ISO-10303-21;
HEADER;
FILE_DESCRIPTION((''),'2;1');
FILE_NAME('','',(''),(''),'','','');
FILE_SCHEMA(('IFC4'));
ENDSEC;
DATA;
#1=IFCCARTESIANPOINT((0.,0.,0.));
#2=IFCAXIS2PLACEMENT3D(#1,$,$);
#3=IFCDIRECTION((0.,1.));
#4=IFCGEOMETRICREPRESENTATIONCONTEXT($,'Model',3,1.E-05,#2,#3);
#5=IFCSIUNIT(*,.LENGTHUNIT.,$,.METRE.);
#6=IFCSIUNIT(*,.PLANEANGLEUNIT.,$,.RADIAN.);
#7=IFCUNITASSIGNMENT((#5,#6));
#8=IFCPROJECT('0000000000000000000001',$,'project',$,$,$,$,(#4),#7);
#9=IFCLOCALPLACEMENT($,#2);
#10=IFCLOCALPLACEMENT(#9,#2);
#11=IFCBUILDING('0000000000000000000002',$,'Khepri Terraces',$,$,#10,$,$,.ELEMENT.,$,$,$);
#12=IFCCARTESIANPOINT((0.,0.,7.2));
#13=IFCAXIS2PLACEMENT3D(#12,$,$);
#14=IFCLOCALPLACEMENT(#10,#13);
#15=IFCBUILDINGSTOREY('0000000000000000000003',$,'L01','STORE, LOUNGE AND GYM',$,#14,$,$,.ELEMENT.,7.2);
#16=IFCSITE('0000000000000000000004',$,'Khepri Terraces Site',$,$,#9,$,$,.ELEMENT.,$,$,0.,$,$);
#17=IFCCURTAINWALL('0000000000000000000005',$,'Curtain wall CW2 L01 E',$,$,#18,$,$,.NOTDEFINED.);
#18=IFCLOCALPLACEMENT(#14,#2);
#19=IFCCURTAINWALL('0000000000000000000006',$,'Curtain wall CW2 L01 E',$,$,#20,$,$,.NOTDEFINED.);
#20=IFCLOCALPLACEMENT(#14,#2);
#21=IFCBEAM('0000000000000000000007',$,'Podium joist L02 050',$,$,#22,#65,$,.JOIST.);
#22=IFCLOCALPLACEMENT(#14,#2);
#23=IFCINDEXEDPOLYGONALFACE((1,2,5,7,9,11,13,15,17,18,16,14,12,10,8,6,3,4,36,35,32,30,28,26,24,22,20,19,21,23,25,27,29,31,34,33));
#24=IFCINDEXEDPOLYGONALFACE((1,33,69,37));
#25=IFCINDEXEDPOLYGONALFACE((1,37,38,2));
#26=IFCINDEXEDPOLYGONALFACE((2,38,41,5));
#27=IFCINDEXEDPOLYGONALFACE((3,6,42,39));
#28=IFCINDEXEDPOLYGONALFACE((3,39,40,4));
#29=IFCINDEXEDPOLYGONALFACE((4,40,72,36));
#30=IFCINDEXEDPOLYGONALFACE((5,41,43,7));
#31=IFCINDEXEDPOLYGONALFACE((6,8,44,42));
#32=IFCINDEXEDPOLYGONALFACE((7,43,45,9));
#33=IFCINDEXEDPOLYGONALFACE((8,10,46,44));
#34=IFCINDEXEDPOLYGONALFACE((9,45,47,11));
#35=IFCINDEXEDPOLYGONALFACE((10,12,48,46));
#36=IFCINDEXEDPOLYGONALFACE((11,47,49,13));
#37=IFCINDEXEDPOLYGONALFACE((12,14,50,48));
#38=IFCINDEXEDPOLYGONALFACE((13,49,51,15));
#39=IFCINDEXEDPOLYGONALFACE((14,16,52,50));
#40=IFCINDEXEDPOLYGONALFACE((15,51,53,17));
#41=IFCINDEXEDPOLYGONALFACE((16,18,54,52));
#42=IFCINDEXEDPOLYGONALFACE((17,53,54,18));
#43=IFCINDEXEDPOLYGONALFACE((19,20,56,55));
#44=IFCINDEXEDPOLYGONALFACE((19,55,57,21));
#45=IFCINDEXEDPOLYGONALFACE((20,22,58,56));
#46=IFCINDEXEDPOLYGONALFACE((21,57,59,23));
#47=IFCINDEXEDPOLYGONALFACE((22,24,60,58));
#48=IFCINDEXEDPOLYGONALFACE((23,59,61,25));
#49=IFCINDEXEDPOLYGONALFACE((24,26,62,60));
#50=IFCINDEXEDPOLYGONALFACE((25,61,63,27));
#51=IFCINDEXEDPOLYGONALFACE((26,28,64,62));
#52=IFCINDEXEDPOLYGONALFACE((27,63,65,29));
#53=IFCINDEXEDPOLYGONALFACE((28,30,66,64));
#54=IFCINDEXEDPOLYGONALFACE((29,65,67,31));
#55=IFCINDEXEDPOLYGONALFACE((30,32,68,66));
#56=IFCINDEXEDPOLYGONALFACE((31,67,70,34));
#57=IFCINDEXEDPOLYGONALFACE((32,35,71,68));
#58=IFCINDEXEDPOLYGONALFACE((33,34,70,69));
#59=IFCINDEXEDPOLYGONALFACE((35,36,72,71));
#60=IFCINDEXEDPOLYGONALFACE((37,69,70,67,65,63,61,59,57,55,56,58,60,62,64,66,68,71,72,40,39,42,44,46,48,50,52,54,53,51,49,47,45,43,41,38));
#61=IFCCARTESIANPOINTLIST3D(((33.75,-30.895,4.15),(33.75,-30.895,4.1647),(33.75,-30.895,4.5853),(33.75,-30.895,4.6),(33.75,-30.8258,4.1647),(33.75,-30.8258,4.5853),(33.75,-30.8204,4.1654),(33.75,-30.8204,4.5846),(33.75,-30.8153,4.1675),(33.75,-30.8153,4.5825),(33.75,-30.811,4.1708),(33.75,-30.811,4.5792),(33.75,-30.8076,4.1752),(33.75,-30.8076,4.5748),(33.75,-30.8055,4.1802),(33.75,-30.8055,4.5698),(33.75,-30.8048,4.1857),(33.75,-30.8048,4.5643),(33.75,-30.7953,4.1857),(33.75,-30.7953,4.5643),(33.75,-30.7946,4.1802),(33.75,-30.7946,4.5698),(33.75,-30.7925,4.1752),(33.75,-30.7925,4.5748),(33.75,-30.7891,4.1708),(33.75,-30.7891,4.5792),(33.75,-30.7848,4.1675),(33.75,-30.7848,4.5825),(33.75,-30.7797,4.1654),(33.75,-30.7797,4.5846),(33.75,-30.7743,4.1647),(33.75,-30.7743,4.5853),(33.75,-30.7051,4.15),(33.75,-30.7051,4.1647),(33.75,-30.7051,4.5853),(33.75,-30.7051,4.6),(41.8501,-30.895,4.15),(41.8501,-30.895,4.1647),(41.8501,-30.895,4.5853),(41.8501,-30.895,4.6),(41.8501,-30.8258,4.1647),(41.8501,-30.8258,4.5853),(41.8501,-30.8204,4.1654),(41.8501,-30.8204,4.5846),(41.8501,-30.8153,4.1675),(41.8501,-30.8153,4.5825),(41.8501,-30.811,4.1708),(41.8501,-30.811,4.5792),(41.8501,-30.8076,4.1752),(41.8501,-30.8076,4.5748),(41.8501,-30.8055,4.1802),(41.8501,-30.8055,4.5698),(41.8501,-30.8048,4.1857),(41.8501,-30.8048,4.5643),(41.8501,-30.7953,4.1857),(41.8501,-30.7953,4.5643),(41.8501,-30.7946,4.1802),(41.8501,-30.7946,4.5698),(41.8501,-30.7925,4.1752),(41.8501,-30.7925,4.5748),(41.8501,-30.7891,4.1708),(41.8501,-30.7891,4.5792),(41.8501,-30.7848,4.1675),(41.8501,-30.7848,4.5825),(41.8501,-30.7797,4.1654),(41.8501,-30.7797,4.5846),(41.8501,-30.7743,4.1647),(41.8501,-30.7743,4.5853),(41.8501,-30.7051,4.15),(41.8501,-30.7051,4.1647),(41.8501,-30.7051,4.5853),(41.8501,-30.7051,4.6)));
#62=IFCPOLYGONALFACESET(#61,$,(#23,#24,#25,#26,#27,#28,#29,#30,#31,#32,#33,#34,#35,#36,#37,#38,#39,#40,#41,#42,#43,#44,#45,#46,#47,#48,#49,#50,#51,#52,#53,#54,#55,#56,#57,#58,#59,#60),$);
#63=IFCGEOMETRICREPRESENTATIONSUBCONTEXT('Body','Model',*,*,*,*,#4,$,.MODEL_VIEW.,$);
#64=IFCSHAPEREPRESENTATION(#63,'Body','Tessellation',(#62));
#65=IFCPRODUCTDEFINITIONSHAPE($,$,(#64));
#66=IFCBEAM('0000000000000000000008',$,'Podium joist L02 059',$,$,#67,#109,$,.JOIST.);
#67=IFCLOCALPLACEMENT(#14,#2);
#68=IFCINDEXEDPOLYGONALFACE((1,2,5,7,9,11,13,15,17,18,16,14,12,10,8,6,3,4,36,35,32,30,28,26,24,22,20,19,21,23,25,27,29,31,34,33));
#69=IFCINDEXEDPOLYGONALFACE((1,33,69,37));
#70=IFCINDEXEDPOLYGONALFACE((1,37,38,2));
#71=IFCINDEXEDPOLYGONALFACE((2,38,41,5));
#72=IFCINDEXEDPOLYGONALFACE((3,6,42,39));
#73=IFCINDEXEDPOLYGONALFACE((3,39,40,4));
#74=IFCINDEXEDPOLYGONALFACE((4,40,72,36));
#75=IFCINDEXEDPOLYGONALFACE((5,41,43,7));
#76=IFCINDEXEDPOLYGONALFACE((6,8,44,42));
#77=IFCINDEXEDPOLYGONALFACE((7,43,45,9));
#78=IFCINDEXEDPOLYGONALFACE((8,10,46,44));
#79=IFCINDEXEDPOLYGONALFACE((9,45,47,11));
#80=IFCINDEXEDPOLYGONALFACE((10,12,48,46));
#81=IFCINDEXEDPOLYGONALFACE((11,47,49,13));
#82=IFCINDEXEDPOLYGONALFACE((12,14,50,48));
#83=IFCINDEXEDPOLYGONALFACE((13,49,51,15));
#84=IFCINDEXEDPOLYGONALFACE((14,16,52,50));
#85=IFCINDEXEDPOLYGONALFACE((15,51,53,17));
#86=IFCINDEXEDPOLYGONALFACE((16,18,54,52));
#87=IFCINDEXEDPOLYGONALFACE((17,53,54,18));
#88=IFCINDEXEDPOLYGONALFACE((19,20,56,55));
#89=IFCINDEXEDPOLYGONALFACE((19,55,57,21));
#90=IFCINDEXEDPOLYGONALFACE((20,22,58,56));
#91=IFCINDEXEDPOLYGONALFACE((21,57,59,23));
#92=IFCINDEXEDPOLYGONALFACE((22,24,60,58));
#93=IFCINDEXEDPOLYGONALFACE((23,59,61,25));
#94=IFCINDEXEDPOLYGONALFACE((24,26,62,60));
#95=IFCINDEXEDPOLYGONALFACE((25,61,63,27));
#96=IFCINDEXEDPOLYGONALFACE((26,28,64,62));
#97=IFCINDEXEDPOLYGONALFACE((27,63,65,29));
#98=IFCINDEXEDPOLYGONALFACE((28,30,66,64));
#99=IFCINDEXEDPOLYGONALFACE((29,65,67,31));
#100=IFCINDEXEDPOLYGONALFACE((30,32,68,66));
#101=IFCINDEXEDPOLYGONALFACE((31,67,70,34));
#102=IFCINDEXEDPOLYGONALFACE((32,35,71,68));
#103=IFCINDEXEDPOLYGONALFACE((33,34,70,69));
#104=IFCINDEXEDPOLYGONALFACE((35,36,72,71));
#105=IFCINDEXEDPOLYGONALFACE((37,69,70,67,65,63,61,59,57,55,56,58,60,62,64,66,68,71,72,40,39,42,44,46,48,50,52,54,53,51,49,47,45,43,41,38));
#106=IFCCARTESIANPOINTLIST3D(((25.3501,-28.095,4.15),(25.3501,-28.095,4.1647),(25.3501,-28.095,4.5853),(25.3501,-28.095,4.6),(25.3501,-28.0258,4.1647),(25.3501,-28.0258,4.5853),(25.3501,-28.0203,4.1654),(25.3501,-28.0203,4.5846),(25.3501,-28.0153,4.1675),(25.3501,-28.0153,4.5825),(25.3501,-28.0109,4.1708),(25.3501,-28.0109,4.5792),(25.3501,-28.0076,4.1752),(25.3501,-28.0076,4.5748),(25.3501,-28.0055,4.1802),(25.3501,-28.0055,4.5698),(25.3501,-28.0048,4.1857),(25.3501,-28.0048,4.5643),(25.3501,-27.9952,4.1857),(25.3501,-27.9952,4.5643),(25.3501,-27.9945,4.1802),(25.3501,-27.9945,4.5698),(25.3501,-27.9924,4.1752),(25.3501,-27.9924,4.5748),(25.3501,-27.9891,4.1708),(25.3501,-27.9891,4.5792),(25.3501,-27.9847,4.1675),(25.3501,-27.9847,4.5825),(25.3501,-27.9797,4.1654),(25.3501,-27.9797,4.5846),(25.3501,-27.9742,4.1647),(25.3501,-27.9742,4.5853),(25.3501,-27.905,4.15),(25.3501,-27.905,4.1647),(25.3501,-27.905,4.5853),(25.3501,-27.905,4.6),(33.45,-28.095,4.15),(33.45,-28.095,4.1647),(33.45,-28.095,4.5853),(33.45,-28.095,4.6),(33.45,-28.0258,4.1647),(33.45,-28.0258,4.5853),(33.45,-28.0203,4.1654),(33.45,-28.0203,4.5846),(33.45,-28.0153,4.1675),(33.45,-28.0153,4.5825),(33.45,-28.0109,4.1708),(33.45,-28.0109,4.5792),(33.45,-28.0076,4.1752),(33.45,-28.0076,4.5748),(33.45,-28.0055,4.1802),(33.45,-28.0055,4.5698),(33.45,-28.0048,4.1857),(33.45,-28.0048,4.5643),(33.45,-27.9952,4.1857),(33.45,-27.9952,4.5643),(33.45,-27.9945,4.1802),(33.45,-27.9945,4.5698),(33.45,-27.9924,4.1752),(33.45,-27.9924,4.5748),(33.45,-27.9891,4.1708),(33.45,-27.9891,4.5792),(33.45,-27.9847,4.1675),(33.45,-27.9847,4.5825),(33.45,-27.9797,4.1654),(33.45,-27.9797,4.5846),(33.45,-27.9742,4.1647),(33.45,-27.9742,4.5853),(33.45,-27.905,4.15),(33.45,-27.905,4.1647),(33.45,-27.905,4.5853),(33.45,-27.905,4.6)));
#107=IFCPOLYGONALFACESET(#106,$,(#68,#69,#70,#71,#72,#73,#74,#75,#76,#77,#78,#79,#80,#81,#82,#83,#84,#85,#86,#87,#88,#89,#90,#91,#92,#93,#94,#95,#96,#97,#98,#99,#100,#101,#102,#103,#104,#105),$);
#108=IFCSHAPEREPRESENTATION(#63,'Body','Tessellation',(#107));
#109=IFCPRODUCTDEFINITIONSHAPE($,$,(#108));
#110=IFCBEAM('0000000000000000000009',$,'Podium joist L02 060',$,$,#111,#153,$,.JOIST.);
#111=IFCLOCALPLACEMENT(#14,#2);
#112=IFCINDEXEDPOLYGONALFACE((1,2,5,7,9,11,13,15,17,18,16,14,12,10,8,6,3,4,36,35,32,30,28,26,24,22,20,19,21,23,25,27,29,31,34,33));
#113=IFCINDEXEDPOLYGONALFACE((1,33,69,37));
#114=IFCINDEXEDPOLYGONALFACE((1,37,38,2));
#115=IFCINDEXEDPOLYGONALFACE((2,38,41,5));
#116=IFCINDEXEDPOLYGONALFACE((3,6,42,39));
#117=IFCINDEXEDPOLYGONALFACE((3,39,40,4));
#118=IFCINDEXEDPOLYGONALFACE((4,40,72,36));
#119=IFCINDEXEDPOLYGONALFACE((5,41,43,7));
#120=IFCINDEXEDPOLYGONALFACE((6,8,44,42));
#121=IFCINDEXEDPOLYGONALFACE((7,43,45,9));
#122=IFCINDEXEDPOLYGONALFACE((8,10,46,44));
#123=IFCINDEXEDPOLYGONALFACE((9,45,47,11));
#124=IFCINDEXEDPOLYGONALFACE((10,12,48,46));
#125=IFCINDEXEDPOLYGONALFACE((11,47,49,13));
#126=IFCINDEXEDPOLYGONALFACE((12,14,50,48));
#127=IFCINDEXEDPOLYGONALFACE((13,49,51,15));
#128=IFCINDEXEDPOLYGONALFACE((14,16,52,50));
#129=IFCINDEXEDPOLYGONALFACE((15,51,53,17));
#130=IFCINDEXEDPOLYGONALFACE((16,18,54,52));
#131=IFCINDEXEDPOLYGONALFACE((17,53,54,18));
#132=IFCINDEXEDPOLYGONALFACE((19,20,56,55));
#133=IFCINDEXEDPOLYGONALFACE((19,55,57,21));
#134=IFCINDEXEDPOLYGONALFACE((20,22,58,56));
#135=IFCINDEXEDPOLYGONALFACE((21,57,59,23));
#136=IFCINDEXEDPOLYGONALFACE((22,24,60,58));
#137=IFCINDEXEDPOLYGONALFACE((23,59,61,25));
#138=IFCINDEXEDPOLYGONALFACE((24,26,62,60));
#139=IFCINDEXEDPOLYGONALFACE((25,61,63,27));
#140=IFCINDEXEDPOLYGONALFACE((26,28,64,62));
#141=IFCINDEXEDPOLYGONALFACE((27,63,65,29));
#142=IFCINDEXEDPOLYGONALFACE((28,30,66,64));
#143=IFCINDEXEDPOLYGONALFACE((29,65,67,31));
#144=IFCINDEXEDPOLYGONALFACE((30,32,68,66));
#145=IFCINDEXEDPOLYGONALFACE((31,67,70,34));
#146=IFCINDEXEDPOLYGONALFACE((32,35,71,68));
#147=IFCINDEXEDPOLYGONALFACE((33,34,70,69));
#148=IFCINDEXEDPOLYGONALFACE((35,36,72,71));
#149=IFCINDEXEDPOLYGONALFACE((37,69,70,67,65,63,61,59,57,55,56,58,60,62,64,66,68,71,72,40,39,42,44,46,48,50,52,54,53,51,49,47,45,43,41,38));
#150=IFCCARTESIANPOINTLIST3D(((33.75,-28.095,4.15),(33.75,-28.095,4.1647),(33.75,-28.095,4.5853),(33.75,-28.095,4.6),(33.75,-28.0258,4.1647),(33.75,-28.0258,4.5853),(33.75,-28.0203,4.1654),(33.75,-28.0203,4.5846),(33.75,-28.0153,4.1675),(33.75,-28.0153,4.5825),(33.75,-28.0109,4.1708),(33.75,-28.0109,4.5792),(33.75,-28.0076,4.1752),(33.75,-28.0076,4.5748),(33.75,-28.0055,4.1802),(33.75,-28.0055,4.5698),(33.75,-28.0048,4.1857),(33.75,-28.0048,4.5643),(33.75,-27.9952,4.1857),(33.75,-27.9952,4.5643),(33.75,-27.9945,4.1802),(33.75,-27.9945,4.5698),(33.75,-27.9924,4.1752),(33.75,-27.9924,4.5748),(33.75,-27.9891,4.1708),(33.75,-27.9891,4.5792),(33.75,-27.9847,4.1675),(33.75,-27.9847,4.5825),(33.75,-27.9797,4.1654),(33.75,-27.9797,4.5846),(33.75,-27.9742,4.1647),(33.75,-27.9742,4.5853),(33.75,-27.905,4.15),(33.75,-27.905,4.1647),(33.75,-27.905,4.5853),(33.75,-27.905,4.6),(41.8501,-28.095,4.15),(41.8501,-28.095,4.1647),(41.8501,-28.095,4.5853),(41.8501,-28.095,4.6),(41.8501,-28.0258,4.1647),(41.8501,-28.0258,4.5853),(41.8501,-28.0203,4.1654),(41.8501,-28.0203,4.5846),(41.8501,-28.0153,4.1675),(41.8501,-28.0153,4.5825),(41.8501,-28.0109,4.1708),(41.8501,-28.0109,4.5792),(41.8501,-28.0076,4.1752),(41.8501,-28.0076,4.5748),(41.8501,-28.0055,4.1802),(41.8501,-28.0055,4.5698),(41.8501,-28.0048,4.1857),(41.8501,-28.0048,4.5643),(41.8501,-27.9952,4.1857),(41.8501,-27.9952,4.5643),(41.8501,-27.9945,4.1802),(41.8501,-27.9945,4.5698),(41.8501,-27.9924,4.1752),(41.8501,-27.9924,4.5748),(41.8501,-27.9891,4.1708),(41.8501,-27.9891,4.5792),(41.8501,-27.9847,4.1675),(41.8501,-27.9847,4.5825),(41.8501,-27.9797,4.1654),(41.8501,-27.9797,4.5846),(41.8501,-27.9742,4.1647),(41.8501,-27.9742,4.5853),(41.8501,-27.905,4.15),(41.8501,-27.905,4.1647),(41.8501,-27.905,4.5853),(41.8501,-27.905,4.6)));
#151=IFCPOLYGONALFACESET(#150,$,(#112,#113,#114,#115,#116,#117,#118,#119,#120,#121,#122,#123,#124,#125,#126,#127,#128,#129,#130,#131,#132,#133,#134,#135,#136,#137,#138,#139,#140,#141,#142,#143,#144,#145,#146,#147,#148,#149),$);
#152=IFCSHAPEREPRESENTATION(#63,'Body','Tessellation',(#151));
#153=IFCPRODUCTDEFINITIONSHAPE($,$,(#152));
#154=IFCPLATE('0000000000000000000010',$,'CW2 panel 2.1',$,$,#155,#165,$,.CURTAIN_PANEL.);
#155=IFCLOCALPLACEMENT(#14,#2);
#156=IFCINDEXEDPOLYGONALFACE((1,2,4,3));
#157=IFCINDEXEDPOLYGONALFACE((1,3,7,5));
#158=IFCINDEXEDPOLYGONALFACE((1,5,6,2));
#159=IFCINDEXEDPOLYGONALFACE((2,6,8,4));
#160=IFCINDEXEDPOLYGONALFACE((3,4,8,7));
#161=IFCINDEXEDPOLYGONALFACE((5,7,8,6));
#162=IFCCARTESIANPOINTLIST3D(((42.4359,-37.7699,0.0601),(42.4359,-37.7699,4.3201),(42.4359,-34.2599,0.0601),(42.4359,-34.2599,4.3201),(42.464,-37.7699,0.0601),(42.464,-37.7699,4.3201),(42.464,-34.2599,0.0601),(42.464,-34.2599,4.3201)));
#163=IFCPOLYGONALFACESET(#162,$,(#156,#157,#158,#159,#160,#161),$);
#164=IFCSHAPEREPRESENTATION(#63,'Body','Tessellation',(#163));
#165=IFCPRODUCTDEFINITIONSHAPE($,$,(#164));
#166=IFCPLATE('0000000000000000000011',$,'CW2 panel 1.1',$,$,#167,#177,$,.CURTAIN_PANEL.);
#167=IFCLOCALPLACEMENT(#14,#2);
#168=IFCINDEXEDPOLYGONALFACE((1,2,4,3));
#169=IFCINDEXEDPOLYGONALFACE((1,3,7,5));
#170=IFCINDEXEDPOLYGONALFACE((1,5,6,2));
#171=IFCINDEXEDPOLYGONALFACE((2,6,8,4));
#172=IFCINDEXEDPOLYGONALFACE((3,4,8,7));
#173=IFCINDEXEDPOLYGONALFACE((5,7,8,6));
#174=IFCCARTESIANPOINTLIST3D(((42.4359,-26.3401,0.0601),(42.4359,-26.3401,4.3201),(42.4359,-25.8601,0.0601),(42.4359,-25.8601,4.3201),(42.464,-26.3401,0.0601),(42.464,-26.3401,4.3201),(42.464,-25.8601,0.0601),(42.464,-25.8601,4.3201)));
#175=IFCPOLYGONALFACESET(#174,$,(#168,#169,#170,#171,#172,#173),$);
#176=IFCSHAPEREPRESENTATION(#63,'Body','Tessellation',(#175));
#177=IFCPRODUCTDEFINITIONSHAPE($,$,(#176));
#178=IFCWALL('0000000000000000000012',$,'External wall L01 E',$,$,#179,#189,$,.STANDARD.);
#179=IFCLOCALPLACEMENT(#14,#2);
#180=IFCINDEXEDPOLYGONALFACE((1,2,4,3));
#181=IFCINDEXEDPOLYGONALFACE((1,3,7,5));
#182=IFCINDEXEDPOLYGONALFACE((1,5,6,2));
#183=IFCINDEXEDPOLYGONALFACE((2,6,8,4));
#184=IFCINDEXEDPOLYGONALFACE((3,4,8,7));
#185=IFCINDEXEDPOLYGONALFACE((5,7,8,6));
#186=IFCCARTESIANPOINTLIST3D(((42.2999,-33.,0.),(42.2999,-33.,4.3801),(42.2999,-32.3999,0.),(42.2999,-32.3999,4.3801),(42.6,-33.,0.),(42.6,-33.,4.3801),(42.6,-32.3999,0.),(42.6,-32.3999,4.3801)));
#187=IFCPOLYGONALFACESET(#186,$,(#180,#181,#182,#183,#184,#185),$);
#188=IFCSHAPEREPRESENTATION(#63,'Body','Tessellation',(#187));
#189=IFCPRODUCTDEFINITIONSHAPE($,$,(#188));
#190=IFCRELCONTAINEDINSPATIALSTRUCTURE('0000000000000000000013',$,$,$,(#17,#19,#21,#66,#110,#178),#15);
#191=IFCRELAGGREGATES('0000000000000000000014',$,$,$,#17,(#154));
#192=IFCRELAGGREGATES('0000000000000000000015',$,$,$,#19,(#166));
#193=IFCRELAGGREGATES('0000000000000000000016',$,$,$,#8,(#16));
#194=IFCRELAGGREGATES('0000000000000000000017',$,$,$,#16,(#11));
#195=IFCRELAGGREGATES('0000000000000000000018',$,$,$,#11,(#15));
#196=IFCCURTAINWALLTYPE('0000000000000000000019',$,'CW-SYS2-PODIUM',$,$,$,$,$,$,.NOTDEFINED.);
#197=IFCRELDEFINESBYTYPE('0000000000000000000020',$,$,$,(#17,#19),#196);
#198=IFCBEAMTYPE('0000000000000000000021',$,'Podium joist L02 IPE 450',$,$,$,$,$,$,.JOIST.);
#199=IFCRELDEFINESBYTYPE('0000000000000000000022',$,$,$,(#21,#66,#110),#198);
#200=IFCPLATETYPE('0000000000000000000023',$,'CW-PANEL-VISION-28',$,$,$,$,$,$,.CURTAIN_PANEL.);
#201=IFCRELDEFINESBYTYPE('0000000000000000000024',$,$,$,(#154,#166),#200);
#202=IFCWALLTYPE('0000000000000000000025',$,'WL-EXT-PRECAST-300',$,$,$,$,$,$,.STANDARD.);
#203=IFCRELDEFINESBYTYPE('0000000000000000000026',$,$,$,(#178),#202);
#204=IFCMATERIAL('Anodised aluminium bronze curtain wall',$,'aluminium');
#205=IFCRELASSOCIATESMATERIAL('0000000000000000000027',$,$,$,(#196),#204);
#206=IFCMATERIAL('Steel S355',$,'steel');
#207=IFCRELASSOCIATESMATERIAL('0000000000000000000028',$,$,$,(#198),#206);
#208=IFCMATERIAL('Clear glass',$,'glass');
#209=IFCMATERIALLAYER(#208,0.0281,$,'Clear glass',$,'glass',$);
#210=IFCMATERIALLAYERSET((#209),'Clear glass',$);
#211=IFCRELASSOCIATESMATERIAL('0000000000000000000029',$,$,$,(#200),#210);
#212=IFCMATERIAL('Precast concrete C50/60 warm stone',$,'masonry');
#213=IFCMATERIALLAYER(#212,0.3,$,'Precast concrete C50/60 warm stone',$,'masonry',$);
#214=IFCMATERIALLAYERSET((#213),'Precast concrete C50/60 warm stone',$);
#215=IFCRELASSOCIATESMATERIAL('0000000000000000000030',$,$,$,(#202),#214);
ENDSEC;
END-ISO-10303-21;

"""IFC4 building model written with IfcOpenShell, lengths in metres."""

from ifc_helpers import new_model, si_unit, direction, frame, frame_2d, origin, origin_2d, place, context, subcontext, project, spatial, rectangle, i_section, extrude, material, layer, layer_set, material_profile, profile_set, type_object, element, aggregate, save


model = new_model("IFC4")

# Units and contexts
model_context = context("Model", 3, precision=1e-05, world=origin(), true_north=direction((0.0, 1.0)))
body_context = subcontext(model_context, "Body", "Model", "MODEL_VIEW")
ifc_project = project(units=[si_unit("LENGTHUNIT", "METRE"), si_unit("PLANEANGLEUNIT", "RADIAN")], contexts=[model_context])

# Site, building, storey
site_placement = place(None, origin())
site = spatial("IfcSite", under=ifc_project, at=site_placement, Name="Khepri Terraces Site", CompositionType="ELEMENT", RefElevation=0.0)
building_placement = place(site_placement, origin())
building = spatial("IfcBuilding", under=site, at=building_placement, Name="Khepri Terraces", CompositionType="ELEMENT")
storey_placement = place(building_placement, frame((0.0, 0.0, 7.2)))
storey = spatial("IfcBuildingStorey", under=building, at=storey_placement, Name="L01", Description="STORE, LOUNGE AND GYM", CompositionType="ELEMENT", Elevation=7.2)

# Curtain walls
ifc_material_1 = material(Name="Anodised aluminium bronze curtain wall", Category="aluminium")
curtain_wall_type = type_object("IfcCurtainWallType", Name="CW-SYS2-PODIUM", PredefinedType="NOTDEFINED", material=ifc_material_1)
curtain_wall_1_placement = place(storey_placement, origin())
curtain_wall_1 = element("IfcCurtainWall", 1, at=curtain_wall_1_placement, inside=storey, type_object=curtain_wall_type, Name="Curtain wall CW2 L01 E", PredefinedType="NOTDEFINED")
curtain_wall_2_placement = place(storey_placement, origin())
curtain_wall_2 = element("IfcCurtainWall", 2, at=curtain_wall_2_placement, inside=storey, type_object=curtain_wall_type, Name="Curtain wall CW2 L01 E", PredefinedType="NOTDEFINED")

# Beams
ifc_material_2 = material(Name="Steel S355", Category="steel")
ifc_material_profile_1 = material_profile(ifc_material_2, i_section(OverallWidth=0.1899, OverallDepth=0.45, WebThickness=0.0095, FlangeThickness=0.0146, FilletRadius=0.021, at=origin_2d()), Name="Steel S355", Category="steel")
ifc_profile_set_1 = profile_set([ifc_material_profile_1], Name="Steel S355")
beam_type_1 = type_object("IfcBeamType", Name="Podium joist L02 IPE 450", PredefinedType="JOIST", material=ifc_profile_set_1)
beam_1_placement = place(storey_placement, frame((33.75, -30.8, 4.375), z_axis=(1.0, 0.0, 0.0), x_axis=(0.0, 1.0, 0.0)))
element("IfcBeam", 3, at=beam_1_placement, inside=storey, type_object=beam_type_1, Name="Podium joist L02 050", PredefinedType="JOIST", context=body_context, shape_type="SweptSolid", body=[
    extrude(i_section(OverallWidth=0.1899, OverallDepth=0.45, WebThickness=0.0095, FlangeThickness=0.0146, FilletRadius=0.021, at=origin_2d()), origin(), (0.0, 0.0, 1.0), 8.1001),
])
beam_2_placement = place(storey_placement, frame((25.3501, -28.0, 4.375), z_axis=(1.0, 0.0, 0.0), x_axis=(0.0, 1.0, 0.0)))
element("IfcBeam", 4, at=beam_2_placement, inside=storey, type_object=beam_type_1, Name="Podium joist L02 059", PredefinedType="JOIST", context=body_context, shape_type="SweptSolid", body=[
    extrude(i_section(OverallWidth=0.1899, OverallDepth=0.45, WebThickness=0.0095, FlangeThickness=0.0146, FilletRadius=0.021, at=origin_2d()), origin(), (0.0, 0.0, 1.0), 8.0999),
])
beam_3_placement = place(storey_placement, frame((33.75, -28.0, 4.375), z_axis=(1.0, 0.0, 0.0), x_axis=(0.0, 1.0, 0.0)))
element("IfcBeam", 5, at=beam_3_placement, inside=storey, type_object=beam_type_1, Name="Podium joist L02 060", PredefinedType="JOIST", context=body_context, shape_type="SweptSolid", body=[
    extrude(i_section(OverallWidth=0.1899, OverallDepth=0.45, WebThickness=0.0095, FlangeThickness=0.0146, FilletRadius=0.021, at=origin_2d()), origin(), (0.0, 0.0, 1.0), 8.1001),
])

# Plates
ifc_material_3 = material(Name="Clear glass", Category="glass")
ifc_layer_1 = layer(ifc_material_3, 0.0281, Name="Clear glass", Category="glass")
ifc_layer_set_1 = layer_set([ifc_layer_1], Name="Clear glass")
plate_type = type_object("IfcPlateType", Name="CW-PANEL-VISION-28", PredefinedType="CURTAIN_PANEL", material=ifc_layer_set_1)
plate_1_placement = place(storey_placement, frame((42.45, -36.0149, 0.0601), z_axis=(0.0, 0.0, 1.0), x_axis=(0.0, 1.0, 0.0)))
plate_1 = element("IfcPlate", 6, at=plate_1_placement, type_object=plate_type, Name="CW2 panel 2.1", PredefinedType="CURTAIN_PANEL", context=body_context, shape_type="SweptSolid", body=[
    extrude(rectangle(XDim=3.51, YDim=0.0281, at=origin_2d()), origin(), (0.0, 0.0, 1.0), 4.26),
])
aggregate(curtain_wall_1, [plate_1])
plate_2_placement = place(storey_placement, frame((42.45, -26.1001, 0.0601), z_axis=(0.0, 0.0, 1.0), x_axis=(0.0, 1.0, 0.0)))
plate_2 = element("IfcPlate", 7, at=plate_2_placement, type_object=plate_type, Name="CW2 panel 1.1", PredefinedType="CURTAIN_PANEL", context=body_context, shape_type="SweptSolid", body=[
    extrude(rectangle(XDim=0.48, YDim=0.0281, at=origin_2d()), origin(), (0.0, 0.0, 1.0), 4.26),
])
aggregate(curtain_wall_2, [plate_2])

# Wall
ifc_material_4 = material(Name="Precast concrete C50/60 warm stone", Category="masonry")
ifc_layer_2 = layer(ifc_material_4, 0.3, Name="Precast concrete C50/60 warm stone", Category="masonry")
ifc_layer_set_2 = layer_set([ifc_layer_2], Name="Precast concrete C50/60 warm stone")
wall_type_1 = type_object("IfcWallType", Name="WL-EXT-PRECAST-300", PredefinedType="STANDARD", material=ifc_layer_set_2)
wall_1_placement = place(storey_placement, frame((42.45, -33.0, 0.0), z_axis=(0.0, 0.0, 1.0), x_axis=(0.0, 1.0, 0.0)))
element("IfcWall", 8, at=wall_1_placement, inside=storey, type_object=wall_type_1, Name="External wall L01 E", PredefinedType="STANDARD", context=body_context, shape_type="SweptSolid", body=[
    extrude(rectangle(XDim=0.6001, YDim=0.3, at=frame_2d((0.3, 0.0))), origin(), (0.0, 0.0, 1.0), 4.3801),
])

save(model, "model.ifc")
